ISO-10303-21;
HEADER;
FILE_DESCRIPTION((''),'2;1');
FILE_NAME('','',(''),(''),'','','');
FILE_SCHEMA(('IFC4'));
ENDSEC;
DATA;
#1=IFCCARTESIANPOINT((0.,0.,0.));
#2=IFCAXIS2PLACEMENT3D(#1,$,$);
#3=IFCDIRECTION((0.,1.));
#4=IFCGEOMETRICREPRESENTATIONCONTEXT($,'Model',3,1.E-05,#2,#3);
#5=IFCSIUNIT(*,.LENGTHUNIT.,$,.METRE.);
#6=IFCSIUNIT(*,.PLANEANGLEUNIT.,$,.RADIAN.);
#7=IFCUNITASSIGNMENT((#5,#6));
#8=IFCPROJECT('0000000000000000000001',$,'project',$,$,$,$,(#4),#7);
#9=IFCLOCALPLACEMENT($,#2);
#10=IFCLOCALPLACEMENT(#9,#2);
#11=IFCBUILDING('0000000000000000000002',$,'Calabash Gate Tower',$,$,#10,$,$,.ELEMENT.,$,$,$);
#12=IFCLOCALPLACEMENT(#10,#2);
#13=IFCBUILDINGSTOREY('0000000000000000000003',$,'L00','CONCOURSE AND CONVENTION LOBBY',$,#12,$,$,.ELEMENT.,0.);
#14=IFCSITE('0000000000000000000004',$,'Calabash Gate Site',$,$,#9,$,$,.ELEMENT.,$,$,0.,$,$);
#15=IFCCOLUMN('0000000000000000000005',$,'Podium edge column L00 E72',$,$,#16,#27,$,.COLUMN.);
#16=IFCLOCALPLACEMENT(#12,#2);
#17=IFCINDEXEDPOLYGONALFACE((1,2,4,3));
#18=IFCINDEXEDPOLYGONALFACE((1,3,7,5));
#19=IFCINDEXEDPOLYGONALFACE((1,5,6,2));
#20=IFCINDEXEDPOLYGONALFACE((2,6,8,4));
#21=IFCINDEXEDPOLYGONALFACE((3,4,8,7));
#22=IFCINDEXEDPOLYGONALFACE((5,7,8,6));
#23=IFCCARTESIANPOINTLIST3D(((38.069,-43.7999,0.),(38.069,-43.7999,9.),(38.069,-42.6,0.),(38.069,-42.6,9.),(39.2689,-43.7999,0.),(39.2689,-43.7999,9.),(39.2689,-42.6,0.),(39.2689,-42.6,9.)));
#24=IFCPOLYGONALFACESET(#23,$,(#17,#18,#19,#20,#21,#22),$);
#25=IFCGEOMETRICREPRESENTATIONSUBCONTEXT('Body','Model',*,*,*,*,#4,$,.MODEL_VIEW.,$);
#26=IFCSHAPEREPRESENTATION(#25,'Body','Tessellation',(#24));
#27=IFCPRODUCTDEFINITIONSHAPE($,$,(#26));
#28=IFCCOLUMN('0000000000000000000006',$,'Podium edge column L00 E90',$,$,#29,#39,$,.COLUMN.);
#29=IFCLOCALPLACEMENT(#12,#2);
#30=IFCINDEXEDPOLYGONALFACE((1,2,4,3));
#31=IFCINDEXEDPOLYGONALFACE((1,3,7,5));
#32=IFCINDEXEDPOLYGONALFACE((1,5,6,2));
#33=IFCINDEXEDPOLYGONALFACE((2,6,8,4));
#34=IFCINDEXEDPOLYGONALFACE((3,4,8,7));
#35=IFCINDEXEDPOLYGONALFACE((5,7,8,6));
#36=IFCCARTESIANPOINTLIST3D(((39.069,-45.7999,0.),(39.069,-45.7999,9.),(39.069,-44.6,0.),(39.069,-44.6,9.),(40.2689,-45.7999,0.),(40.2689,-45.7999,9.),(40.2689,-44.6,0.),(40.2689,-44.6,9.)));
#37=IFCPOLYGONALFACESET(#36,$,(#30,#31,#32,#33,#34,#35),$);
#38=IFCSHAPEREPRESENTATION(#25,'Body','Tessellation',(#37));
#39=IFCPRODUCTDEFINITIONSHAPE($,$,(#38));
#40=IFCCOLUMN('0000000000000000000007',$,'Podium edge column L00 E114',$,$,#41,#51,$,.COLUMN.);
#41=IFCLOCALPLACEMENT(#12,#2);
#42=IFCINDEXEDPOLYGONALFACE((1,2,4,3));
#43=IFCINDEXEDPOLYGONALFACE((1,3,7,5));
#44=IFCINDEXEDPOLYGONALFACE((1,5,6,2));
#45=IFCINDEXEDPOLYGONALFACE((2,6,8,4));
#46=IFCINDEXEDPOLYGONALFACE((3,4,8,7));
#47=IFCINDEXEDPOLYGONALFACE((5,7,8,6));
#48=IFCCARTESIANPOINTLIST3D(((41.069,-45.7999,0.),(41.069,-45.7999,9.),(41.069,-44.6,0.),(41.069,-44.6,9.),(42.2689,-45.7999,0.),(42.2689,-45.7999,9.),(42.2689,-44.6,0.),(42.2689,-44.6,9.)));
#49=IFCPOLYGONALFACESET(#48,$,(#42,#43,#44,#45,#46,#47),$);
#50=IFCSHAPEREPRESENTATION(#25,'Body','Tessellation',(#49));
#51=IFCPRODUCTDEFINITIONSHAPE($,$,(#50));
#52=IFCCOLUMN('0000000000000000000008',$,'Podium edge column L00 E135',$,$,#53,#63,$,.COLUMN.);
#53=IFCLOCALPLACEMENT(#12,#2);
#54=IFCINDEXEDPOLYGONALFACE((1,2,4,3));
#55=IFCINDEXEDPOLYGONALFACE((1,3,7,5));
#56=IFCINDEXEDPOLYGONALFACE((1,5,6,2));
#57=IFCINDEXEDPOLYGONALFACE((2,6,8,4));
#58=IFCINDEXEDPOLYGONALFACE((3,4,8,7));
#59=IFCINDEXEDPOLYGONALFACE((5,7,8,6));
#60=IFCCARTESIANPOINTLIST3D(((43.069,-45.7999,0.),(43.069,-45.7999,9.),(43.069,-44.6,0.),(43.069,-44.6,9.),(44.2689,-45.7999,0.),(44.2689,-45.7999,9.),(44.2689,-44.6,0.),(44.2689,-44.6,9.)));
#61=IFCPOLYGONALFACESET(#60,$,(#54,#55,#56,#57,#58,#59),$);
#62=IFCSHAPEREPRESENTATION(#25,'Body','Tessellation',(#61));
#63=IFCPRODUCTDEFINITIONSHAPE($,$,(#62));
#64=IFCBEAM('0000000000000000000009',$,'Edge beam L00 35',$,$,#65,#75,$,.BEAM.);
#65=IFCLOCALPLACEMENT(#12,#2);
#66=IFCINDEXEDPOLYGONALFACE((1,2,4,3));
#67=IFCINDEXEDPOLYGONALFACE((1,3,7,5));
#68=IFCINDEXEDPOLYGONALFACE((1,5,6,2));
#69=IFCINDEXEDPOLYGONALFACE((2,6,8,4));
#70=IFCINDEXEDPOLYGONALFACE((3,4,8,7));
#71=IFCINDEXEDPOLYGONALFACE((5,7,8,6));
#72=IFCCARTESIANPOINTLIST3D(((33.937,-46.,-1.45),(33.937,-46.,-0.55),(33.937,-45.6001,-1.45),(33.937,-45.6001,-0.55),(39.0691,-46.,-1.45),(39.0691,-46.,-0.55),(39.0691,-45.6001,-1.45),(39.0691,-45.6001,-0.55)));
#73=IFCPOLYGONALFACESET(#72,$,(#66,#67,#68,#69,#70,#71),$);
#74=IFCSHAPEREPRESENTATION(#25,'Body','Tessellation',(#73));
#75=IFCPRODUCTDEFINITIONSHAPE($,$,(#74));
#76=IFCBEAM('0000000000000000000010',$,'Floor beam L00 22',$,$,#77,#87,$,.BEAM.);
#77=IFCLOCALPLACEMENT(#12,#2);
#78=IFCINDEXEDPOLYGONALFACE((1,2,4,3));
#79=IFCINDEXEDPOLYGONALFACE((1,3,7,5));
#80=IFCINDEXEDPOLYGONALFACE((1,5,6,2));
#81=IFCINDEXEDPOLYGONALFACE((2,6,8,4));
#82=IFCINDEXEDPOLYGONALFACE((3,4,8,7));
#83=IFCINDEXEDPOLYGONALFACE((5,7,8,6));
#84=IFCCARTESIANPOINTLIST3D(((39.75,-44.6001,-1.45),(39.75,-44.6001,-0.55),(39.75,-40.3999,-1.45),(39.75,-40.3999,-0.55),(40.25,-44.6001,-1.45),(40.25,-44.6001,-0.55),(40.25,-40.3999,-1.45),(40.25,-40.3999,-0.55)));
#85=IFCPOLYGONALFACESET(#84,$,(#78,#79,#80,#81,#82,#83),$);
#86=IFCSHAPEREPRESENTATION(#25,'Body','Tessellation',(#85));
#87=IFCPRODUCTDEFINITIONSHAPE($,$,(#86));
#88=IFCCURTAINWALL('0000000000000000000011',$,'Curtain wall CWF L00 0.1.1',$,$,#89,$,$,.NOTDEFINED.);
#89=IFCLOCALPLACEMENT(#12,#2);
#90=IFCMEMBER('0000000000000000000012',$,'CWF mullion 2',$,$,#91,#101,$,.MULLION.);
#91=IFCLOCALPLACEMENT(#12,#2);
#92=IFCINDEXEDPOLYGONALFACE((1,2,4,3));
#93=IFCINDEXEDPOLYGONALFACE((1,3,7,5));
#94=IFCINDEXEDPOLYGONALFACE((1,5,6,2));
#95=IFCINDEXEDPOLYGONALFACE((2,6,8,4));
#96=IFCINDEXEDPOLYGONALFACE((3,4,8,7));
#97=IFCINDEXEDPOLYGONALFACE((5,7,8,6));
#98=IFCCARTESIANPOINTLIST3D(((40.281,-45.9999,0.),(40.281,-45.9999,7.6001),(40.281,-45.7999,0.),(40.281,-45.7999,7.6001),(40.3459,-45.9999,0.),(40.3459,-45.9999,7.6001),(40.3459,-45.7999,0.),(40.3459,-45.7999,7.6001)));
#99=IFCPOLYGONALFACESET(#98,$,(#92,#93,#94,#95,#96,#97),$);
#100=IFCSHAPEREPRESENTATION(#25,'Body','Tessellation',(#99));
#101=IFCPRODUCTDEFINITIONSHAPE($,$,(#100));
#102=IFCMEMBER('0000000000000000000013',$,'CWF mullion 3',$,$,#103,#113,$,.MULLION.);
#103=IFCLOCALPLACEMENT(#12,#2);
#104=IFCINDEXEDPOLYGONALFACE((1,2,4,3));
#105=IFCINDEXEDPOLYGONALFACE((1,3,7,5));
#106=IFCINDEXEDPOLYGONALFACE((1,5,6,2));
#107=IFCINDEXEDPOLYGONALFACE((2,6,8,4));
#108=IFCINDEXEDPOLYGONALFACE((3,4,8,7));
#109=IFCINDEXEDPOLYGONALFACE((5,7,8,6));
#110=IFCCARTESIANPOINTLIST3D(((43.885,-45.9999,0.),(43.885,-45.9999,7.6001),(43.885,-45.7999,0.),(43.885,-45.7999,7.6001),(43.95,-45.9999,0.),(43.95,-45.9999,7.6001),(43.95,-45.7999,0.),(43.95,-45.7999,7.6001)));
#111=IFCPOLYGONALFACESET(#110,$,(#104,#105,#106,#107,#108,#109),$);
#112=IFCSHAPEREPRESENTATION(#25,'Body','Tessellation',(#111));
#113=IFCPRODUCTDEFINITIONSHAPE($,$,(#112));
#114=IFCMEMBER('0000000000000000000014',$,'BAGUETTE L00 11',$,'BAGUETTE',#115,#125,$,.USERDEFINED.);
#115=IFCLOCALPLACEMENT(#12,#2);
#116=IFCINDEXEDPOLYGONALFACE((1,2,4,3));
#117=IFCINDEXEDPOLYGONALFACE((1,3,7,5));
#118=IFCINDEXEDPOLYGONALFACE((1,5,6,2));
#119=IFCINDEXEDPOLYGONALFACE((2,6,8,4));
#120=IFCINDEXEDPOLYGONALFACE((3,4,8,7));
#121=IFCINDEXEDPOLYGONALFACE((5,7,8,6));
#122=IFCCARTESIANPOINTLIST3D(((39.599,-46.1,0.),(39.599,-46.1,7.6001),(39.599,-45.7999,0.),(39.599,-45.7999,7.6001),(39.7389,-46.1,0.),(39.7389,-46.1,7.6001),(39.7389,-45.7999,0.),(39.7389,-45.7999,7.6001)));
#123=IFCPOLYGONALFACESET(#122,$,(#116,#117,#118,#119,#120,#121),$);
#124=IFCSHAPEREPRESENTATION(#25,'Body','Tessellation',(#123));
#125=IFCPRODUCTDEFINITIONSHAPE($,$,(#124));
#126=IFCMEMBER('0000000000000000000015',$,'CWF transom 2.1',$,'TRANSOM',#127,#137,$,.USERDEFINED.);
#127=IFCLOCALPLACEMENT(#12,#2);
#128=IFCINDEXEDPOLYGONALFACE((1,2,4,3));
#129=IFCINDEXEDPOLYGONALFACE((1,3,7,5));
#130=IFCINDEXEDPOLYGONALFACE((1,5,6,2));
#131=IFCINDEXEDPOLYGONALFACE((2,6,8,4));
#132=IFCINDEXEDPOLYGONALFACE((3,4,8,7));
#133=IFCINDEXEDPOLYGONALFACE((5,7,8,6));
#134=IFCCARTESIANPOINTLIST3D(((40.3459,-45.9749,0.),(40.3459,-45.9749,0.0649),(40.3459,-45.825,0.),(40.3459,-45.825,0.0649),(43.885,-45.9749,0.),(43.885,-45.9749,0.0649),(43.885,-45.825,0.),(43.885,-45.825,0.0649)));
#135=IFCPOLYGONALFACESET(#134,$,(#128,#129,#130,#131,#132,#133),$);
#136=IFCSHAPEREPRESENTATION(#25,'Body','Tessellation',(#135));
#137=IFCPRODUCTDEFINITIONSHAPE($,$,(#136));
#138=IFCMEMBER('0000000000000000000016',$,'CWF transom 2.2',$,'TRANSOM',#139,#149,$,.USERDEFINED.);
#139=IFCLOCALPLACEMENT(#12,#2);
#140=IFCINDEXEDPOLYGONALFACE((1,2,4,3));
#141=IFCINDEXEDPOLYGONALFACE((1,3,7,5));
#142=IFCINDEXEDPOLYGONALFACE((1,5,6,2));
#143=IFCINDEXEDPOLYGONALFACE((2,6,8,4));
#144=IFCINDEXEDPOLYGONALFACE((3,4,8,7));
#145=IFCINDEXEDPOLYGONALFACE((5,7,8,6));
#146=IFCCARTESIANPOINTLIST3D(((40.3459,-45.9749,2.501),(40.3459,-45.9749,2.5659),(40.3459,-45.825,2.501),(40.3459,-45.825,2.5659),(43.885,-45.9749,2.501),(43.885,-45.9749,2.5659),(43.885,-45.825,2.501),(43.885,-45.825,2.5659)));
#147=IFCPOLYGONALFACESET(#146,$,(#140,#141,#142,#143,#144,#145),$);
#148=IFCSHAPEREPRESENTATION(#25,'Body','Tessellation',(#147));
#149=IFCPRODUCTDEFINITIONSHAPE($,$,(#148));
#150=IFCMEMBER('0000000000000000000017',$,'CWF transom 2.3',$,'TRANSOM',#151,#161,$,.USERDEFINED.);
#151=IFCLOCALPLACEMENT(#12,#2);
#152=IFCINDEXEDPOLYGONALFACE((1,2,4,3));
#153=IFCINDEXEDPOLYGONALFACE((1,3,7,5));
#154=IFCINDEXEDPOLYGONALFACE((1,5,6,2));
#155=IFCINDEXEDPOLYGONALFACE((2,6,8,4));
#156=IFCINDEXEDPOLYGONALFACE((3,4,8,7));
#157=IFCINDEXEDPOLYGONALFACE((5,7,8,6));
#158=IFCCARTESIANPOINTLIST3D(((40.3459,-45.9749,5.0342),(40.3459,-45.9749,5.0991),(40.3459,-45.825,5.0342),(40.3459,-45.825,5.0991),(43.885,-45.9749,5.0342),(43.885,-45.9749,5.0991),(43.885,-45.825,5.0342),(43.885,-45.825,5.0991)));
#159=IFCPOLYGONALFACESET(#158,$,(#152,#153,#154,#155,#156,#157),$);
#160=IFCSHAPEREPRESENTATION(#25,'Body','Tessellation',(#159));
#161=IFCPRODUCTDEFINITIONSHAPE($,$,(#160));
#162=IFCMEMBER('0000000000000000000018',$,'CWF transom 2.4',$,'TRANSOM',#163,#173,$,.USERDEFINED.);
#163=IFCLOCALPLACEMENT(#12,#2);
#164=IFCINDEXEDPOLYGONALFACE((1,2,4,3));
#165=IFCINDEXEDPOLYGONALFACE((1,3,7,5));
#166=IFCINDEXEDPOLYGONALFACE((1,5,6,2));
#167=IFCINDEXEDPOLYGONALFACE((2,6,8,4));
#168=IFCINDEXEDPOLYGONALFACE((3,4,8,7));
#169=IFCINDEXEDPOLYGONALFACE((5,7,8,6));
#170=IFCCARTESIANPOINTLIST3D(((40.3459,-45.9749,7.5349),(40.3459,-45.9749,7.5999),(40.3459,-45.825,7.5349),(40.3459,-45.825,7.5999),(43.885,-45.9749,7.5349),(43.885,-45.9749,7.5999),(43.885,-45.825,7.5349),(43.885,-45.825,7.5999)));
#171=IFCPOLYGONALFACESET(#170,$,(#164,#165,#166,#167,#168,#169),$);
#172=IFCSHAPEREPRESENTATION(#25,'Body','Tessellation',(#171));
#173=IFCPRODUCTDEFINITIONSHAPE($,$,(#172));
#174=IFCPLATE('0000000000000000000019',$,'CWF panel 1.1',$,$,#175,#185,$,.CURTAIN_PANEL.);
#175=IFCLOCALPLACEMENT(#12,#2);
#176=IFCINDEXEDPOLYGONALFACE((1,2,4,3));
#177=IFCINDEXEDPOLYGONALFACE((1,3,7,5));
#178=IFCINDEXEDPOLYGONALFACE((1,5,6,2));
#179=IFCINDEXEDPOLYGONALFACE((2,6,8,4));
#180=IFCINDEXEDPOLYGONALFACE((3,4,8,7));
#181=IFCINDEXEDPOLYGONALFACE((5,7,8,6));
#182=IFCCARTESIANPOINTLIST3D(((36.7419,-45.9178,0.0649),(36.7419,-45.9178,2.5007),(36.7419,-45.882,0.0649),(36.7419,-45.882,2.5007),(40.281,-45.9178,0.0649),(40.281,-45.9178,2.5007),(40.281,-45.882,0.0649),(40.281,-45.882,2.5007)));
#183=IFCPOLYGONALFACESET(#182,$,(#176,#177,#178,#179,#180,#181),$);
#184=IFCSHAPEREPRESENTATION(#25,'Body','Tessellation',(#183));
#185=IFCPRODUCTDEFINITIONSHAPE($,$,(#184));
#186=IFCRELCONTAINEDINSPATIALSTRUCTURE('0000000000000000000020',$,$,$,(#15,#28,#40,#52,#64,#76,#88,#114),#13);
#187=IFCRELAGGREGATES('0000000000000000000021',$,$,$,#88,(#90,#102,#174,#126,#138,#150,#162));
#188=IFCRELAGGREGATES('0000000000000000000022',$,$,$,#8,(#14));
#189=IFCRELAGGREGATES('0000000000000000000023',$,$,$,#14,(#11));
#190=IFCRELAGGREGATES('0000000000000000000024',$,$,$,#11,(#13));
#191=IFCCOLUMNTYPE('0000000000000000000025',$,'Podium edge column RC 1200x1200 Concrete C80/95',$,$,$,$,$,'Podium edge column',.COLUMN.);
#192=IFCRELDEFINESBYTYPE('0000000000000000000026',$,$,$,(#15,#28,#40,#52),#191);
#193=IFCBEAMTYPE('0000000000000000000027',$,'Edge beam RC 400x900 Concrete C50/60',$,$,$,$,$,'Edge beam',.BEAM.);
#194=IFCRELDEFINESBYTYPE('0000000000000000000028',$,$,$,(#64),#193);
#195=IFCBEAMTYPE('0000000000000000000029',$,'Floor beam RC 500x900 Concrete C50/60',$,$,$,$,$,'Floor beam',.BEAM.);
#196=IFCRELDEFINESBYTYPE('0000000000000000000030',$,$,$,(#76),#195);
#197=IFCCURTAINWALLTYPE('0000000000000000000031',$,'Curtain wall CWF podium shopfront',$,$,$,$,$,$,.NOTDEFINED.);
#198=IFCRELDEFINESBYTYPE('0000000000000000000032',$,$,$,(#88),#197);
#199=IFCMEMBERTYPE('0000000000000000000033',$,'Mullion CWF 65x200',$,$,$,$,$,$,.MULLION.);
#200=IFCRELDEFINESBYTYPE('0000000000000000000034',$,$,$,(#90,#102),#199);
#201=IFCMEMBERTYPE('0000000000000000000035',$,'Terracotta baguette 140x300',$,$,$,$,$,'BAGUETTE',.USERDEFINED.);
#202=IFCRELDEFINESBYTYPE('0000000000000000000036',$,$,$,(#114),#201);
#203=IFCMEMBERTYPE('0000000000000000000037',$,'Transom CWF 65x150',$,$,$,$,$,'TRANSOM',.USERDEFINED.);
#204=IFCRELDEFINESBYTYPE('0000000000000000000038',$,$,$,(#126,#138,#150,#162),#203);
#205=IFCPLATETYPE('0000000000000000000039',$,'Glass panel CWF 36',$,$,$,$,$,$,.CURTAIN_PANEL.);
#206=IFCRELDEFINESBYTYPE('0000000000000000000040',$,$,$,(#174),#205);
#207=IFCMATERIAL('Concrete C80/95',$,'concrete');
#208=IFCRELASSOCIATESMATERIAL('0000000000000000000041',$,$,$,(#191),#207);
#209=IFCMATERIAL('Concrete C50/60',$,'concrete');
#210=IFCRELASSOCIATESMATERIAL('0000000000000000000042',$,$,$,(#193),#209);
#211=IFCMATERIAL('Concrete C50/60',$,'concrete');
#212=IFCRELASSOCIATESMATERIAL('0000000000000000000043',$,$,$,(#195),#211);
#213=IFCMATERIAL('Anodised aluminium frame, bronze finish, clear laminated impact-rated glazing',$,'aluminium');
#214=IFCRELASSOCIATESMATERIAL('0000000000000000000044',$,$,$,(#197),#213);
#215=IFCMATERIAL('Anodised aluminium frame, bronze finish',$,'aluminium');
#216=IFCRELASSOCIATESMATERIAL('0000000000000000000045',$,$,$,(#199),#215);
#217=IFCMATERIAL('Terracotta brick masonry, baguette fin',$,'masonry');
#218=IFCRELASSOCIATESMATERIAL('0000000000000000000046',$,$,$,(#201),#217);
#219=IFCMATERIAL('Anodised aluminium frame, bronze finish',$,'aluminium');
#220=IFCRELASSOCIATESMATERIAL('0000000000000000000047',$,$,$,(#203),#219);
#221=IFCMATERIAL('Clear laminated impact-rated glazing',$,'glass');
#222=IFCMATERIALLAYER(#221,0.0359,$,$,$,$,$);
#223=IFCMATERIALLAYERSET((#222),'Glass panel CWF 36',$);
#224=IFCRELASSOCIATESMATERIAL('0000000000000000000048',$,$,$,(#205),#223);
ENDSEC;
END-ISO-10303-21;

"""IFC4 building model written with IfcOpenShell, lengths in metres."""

from ifc_helpers import new_model, si_unit, direction, frame, origin, origin_2d, place, context, subcontext, project, spatial, rectangle, extrude, material, layer, layer_set, material_profile, profile_set, type_object, element, aggregate, save


model = new_model("IFC4")

# Units and contexts
model_context = context("Model", 3, precision=1e-05, world=origin(), true_north=direction((0.0, 1.0)))
body_context = subcontext(model_context, "Body", "Model", "MODEL_VIEW")
ifc_project = project(units=[si_unit("LENGTHUNIT", "METRE"), si_unit("PLANEANGLEUNIT", "RADIAN")], contexts=[model_context])

# Site, building, storey
site_placement = place(None, origin())
site = spatial("IfcSite", under=ifc_project, at=site_placement, Name="Calabash Gate Site", CompositionType="ELEMENT", RefElevation=0.0)
building_placement = place(site_placement, origin())
building = spatial("IfcBuilding", under=site, at=building_placement, Name="Calabash Gate Tower", CompositionType="ELEMENT")
storey_placement = place(building_placement, origin())
storey = spatial("IfcBuildingStorey", under=building, at=storey_placement, Name="L00", Description="CONCOURSE AND CONVENTION LOBBY", CompositionType="ELEMENT", Elevation=0.0)

# Columns
ifc_material_1 = material(Name="Concrete C80/95", Category="concrete")
ifc_material_profile_1 = material_profile(ifc_material_1, rectangle(XDim=1.2, YDim=1.2, at=origin_2d()))
ifc_profile_set_1 = profile_set([ifc_material_profile_1], Name="Concrete C80/95")
column_type = type_object("IfcColumnType", Name="Podium edge column RC 1200x1200 Concrete C80/95", ElementType="Podium edge column", PredefinedType="COLUMN", material=ifc_profile_set_1)
for number, where, z_axis, x_axis, name in (
    (1, (38.6689, -43.2, 0.0), (0.0, 0.0, 1.0), (1.0, 0.0, 0.0), "Podium edge column L00 E72"),
    (2, (39.6689, -45.2, 0.0), (0.0, 0.0, 1.0), (1.0, 0.0, 0.0), "Podium edge column L00 E90"),
    (3, (41.6689, -45.2, 0.0), (0.0, 0.0, 1.0), (1.0, 0.0, 0.0), "Podium edge column L00 E114"),
    (4, (43.6689, -45.2, 0.0), (0.0, 0.0, 1.0), (1.0, 0.0, 0.0), "Podium edge column L00 E135"),
):
    element("IfcColumn", number, at=place(storey_placement, frame(where, z_axis=z_axis, x_axis=x_axis)), inside=storey, type_object=column_type, Name=name, PredefinedType="COLUMN", context=body_context, shape_type="SweptSolid", body=[
        extrude(rectangle(XDim=1.2, YDim=1.2, at=origin_2d()), origin(), (0.0, 0.0, 1.0), 9.0),
    ])

# Beams
ifc_material_2 = material(Name="Concrete C50/60", Category="concrete")
ifc_material_profile_2 = material_profile(ifc_material_2, rectangle(XDim=0.3999, YDim=0.8999, at=origin_2d()))
ifc_profile_set_2 = profile_set([ifc_material_profile_2], Name="Concrete C50/60")
beam_type_1 = type_object("IfcBeamType", Name="Edge beam RC 400x900 Concrete C50/60", ElementType="Edge beam", PredefinedType="BEAM", material=ifc_profile_set_2)
beam_1_placement = place(storey_placement, frame((39.0691, -45.8, -1.0), z_axis=(-1.0, 0.0, 0.0), x_axis=(0.0, -1.0, 0.0)))
element("IfcBeam", 5, at=beam_1_placement, inside=storey, type_object=beam_type_1, Name="Edge beam L00 35", PredefinedType="BEAM", context=body_context, shape_type="SweptSolid", body=[
    extrude(rectangle(XDim=0.3999, YDim=0.8999, at=origin_2d()), origin(), (0.0, 0.0, 1.0), 5.1321),
])
ifc_material_3 = material(Name="Concrete C50/60", Category="concrete")
ifc_material_profile_3 = material_profile(ifc_material_3, rectangle(XDim=0.5, YDim=0.8999, at=origin_2d()))
ifc_profile_set_3 = profile_set([ifc_material_profile_3], Name="Concrete C50/60")
beam_type_2 = type_object("IfcBeamType", Name="Floor beam RC 500x900 Concrete C50/60", ElementType="Floor beam", PredefinedType="BEAM", material=ifc_profile_set_3)
beam_2_placement = place(storey_placement, frame((40.0, -44.6001, -1.0), z_axis=(0.0, 1.0, 0.0), x_axis=(-1.0, 0.0, 0.0)))
element("IfcBeam", 6, at=beam_2_placement, inside=storey, type_object=beam_type_2, Name="Floor beam L00 22", PredefinedType="BEAM", context=body_context, shape_type="SweptSolid", body=[
    extrude(rectangle(XDim=0.5, YDim=0.8999, at=origin_2d()), origin(), (0.0, 0.0, 1.0), 4.2002),
])

# Curtain wall, members
ifc_material_4 = material(Name="Anodised aluminium frame, bronze finish, clear laminated impact-rated glazing", Category="aluminium")
curtain_wall_type = type_object("IfcCurtainWallType", Name="Curtain wall CWF podium shopfront", PredefinedType="NOTDEFINED", material=ifc_material_4)
curtain_wall_placement = place(storey_placement, origin())
curtain_wall = element("IfcCurtainWall", 7, at=curtain_wall_placement, inside=storey, type_object=curtain_wall_type, Name="Curtain wall CWF L00 0.1.1", PredefinedType="NOTDEFINED")
ifc_material_5 = material(Name="Anodised aluminium frame, bronze finish", Category="aluminium")
ifc_material_profile_4 = material_profile(ifc_material_5, rectangle(XDim=0.2, YDim=0.0649, at=origin_2d()))
ifc_profile_set_4 = profile_set([ifc_material_profile_4], Name="Anodised aluminium frame, bronze finish")
member_type_1 = type_object("IfcMemberType", Name="Mullion CWF 65x200", PredefinedType="MULLION", material=ifc_profile_set_4)
member_1_placement = place(storey_placement, frame((40.3135, -45.8999, 0.0), z_axis=(0.0, 0.0, 1.0), x_axis=(0.0, 1.0, 0.0)))
member_1 = element("IfcMember", 8, at=member_1_placement, type_object=member_type_1, Name="CWF mullion 2", PredefinedType="MULLION", context=body_context, shape_type="SweptSolid", body=[
    extrude(rectangle(XDim=0.2, YDim=0.0649, at=origin_2d()), origin(), (0.0, 0.0, 1.0), 7.6001),
])
member_2_placement = place(storey_placement, frame((43.9175, -45.8999, 0.0), z_axis=(0.0, 0.0, 1.0), x_axis=(0.0, 1.0, 0.0)))
member_2 = element("IfcMember", 9, at=member_2_placement, type_object=member_type_1, Name="CWF mullion 3", PredefinedType="MULLION", context=body_context, shape_type="SweptSolid", body=[
    extrude(rectangle(XDim=0.2, YDim=0.0649, at=origin_2d()), origin(), (0.0, 0.0, 1.0), 7.6001),
])

# Members
ifc_material_6 = material(Name="Terracotta brick masonry, baguette fin", Category="masonry")
ifc_material_profile_5 = material_profile(ifc_material_6, rectangle(XDim=0.1399, YDim=0.3, at=origin_2d()))
ifc_profile_set_5 = profile_set([ifc_material_profile_5], Name="Terracotta brick masonry, baguette fin")
member_type_2 = type_object("IfcMemberType", Name="Terracotta baguette 140x300", ElementType="BAGUETTE", PredefinedType="USERDEFINED", material=ifc_profile_set_5)
member_3_placement = place(storey_placement, frame((39.6689, -45.95, 0.0), z_axis=(0.0, 0.0, 1.0), x_axis=(1.0, 0.0, 0.0)))
element("IfcMember", 10, at=member_3_placement, inside=storey, type_object=member_type_2, Name="BAGUETTE L00 11", ObjectType="BAGUETTE", PredefinedType="USERDEFINED", context=body_context, shape_type="SweptSolid", body=[
    extrude(rectangle(XDim=0.1399, YDim=0.3, at=origin_2d()), origin(), (0.0, 0.0, 1.0), 7.6001),
])
ifc_material_7 = material(Name="Anodised aluminium frame, bronze finish", Category="aluminium")
ifc_material_profile_6 = material_profile(ifc_material_7, rectangle(XDim=0.1499, YDim=0.0649, at=origin_2d()))
ifc_profile_set_6 = profile_set([ifc_material_profile_6], Name="Anodised aluminium frame, bronze finish")
member_type_3 = type_object("IfcMemberType", Name="Transom CWF 65x150", ElementType="TRANSOM", PredefinedType="USERDEFINED", material=ifc_profile_set_6)
member_4_placement = place(storey_placement, frame((40.3459, -45.8999, 0.0325), z_axis=(1.0, 0.0, 0.0), x_axis=(0.0, 1.0, 0.0)))
member_4 = element("IfcMember", 11, at=member_4_placement, type_object=member_type_3, Name="CWF transom 2.1", ObjectType="TRANSOM", PredefinedType="USERDEFINED", context=body_context, shape_type="SweptSolid", body=[
    extrude(rectangle(XDim=0.1499, YDim=0.0649, at=origin_2d()), origin(), (0.0, 0.0, 1.0), 3.5391),
])
member_5_placement = place(storey_placement, frame((40.3459, -45.8999, 2.5334), z_axis=(1.0, 0.0, 0.0), x_axis=(0.0, 1.0, 0.0)))
member_5 = element("IfcMember", 12, at=member_5_placement, type_object=member_type_3, Name="CWF transom 2.2", ObjectType="TRANSOM", PredefinedType="USERDEFINED", context=body_context, shape_type="SweptSolid", body=[
    extrude(rectangle(XDim=0.1499, YDim=0.0649, at=origin_2d()), origin(), (0.0, 0.0, 1.0), 3.5391),
])
member_6_placement = place(storey_placement, frame((40.3459, -45.8999, 5.0667), z_axis=(1.0, 0.0, 0.0), x_axis=(0.0, 1.0, 0.0)))
member_6 = element("IfcMember", 13, at=member_6_placement, type_object=member_type_3, Name="CWF transom 2.3", ObjectType="TRANSOM", PredefinedType="USERDEFINED", context=body_context, shape_type="SweptSolid", body=[
    extrude(rectangle(XDim=0.1499, YDim=0.0649, at=origin_2d()), origin(), (0.0, 0.0, 1.0), 3.5391),
])
member_7_placement = place(storey_placement, frame((40.3459, -45.8999, 7.5674), z_axis=(1.0, 0.0, 0.0), x_axis=(0.0, 1.0, 0.0)))
member_7 = element("IfcMember", 14, at=member_7_placement, type_object=member_type_3, Name="CWF transom 2.4", ObjectType="TRANSOM", PredefinedType="USERDEFINED", context=body_context, shape_type="SweptSolid", body=[
    extrude(rectangle(XDim=0.1499, YDim=0.0649, at=origin_2d()), origin(), (0.0, 0.0, 1.0), 3.5391),
])

# Plate
ifc_material_8 = material(Name="Clear laminated impact-rated glazing", Category="glass")
ifc_layer_1 = layer(ifc_material_8, 0.0359)
ifc_layer_set_1 = layer_set([ifc_layer_1], Name="Glass panel CWF 36")
plate_type = type_object("IfcPlateType", Name="Glass panel CWF 36", PredefinedType="CURTAIN_PANEL", material=ifc_layer_set_1)
plate_1_placement = place(storey_placement, frame((38.5115, -45.8999, 0.0649), z_axis=(0.0, 0.0, 1.0), x_axis=(1.0, 0.0, 0.0)))
plate_1 = element("IfcPlate", 15, at=plate_1_placement, type_object=plate_type, Name="CWF panel 1.1", PredefinedType="CURTAIN_PANEL", context=body_context, shape_type="SweptSolid", body=[
    extrude(rectangle(XDim=3.5391, YDim=0.0359, at=origin_2d()), origin(), (0.0, 0.0, 1.0), 2.4358),
])
aggregate(curtain_wall, [member_1, member_2, plate_1, member_4, member_5, member_6, member_7])

save(model, "model.ifc")
